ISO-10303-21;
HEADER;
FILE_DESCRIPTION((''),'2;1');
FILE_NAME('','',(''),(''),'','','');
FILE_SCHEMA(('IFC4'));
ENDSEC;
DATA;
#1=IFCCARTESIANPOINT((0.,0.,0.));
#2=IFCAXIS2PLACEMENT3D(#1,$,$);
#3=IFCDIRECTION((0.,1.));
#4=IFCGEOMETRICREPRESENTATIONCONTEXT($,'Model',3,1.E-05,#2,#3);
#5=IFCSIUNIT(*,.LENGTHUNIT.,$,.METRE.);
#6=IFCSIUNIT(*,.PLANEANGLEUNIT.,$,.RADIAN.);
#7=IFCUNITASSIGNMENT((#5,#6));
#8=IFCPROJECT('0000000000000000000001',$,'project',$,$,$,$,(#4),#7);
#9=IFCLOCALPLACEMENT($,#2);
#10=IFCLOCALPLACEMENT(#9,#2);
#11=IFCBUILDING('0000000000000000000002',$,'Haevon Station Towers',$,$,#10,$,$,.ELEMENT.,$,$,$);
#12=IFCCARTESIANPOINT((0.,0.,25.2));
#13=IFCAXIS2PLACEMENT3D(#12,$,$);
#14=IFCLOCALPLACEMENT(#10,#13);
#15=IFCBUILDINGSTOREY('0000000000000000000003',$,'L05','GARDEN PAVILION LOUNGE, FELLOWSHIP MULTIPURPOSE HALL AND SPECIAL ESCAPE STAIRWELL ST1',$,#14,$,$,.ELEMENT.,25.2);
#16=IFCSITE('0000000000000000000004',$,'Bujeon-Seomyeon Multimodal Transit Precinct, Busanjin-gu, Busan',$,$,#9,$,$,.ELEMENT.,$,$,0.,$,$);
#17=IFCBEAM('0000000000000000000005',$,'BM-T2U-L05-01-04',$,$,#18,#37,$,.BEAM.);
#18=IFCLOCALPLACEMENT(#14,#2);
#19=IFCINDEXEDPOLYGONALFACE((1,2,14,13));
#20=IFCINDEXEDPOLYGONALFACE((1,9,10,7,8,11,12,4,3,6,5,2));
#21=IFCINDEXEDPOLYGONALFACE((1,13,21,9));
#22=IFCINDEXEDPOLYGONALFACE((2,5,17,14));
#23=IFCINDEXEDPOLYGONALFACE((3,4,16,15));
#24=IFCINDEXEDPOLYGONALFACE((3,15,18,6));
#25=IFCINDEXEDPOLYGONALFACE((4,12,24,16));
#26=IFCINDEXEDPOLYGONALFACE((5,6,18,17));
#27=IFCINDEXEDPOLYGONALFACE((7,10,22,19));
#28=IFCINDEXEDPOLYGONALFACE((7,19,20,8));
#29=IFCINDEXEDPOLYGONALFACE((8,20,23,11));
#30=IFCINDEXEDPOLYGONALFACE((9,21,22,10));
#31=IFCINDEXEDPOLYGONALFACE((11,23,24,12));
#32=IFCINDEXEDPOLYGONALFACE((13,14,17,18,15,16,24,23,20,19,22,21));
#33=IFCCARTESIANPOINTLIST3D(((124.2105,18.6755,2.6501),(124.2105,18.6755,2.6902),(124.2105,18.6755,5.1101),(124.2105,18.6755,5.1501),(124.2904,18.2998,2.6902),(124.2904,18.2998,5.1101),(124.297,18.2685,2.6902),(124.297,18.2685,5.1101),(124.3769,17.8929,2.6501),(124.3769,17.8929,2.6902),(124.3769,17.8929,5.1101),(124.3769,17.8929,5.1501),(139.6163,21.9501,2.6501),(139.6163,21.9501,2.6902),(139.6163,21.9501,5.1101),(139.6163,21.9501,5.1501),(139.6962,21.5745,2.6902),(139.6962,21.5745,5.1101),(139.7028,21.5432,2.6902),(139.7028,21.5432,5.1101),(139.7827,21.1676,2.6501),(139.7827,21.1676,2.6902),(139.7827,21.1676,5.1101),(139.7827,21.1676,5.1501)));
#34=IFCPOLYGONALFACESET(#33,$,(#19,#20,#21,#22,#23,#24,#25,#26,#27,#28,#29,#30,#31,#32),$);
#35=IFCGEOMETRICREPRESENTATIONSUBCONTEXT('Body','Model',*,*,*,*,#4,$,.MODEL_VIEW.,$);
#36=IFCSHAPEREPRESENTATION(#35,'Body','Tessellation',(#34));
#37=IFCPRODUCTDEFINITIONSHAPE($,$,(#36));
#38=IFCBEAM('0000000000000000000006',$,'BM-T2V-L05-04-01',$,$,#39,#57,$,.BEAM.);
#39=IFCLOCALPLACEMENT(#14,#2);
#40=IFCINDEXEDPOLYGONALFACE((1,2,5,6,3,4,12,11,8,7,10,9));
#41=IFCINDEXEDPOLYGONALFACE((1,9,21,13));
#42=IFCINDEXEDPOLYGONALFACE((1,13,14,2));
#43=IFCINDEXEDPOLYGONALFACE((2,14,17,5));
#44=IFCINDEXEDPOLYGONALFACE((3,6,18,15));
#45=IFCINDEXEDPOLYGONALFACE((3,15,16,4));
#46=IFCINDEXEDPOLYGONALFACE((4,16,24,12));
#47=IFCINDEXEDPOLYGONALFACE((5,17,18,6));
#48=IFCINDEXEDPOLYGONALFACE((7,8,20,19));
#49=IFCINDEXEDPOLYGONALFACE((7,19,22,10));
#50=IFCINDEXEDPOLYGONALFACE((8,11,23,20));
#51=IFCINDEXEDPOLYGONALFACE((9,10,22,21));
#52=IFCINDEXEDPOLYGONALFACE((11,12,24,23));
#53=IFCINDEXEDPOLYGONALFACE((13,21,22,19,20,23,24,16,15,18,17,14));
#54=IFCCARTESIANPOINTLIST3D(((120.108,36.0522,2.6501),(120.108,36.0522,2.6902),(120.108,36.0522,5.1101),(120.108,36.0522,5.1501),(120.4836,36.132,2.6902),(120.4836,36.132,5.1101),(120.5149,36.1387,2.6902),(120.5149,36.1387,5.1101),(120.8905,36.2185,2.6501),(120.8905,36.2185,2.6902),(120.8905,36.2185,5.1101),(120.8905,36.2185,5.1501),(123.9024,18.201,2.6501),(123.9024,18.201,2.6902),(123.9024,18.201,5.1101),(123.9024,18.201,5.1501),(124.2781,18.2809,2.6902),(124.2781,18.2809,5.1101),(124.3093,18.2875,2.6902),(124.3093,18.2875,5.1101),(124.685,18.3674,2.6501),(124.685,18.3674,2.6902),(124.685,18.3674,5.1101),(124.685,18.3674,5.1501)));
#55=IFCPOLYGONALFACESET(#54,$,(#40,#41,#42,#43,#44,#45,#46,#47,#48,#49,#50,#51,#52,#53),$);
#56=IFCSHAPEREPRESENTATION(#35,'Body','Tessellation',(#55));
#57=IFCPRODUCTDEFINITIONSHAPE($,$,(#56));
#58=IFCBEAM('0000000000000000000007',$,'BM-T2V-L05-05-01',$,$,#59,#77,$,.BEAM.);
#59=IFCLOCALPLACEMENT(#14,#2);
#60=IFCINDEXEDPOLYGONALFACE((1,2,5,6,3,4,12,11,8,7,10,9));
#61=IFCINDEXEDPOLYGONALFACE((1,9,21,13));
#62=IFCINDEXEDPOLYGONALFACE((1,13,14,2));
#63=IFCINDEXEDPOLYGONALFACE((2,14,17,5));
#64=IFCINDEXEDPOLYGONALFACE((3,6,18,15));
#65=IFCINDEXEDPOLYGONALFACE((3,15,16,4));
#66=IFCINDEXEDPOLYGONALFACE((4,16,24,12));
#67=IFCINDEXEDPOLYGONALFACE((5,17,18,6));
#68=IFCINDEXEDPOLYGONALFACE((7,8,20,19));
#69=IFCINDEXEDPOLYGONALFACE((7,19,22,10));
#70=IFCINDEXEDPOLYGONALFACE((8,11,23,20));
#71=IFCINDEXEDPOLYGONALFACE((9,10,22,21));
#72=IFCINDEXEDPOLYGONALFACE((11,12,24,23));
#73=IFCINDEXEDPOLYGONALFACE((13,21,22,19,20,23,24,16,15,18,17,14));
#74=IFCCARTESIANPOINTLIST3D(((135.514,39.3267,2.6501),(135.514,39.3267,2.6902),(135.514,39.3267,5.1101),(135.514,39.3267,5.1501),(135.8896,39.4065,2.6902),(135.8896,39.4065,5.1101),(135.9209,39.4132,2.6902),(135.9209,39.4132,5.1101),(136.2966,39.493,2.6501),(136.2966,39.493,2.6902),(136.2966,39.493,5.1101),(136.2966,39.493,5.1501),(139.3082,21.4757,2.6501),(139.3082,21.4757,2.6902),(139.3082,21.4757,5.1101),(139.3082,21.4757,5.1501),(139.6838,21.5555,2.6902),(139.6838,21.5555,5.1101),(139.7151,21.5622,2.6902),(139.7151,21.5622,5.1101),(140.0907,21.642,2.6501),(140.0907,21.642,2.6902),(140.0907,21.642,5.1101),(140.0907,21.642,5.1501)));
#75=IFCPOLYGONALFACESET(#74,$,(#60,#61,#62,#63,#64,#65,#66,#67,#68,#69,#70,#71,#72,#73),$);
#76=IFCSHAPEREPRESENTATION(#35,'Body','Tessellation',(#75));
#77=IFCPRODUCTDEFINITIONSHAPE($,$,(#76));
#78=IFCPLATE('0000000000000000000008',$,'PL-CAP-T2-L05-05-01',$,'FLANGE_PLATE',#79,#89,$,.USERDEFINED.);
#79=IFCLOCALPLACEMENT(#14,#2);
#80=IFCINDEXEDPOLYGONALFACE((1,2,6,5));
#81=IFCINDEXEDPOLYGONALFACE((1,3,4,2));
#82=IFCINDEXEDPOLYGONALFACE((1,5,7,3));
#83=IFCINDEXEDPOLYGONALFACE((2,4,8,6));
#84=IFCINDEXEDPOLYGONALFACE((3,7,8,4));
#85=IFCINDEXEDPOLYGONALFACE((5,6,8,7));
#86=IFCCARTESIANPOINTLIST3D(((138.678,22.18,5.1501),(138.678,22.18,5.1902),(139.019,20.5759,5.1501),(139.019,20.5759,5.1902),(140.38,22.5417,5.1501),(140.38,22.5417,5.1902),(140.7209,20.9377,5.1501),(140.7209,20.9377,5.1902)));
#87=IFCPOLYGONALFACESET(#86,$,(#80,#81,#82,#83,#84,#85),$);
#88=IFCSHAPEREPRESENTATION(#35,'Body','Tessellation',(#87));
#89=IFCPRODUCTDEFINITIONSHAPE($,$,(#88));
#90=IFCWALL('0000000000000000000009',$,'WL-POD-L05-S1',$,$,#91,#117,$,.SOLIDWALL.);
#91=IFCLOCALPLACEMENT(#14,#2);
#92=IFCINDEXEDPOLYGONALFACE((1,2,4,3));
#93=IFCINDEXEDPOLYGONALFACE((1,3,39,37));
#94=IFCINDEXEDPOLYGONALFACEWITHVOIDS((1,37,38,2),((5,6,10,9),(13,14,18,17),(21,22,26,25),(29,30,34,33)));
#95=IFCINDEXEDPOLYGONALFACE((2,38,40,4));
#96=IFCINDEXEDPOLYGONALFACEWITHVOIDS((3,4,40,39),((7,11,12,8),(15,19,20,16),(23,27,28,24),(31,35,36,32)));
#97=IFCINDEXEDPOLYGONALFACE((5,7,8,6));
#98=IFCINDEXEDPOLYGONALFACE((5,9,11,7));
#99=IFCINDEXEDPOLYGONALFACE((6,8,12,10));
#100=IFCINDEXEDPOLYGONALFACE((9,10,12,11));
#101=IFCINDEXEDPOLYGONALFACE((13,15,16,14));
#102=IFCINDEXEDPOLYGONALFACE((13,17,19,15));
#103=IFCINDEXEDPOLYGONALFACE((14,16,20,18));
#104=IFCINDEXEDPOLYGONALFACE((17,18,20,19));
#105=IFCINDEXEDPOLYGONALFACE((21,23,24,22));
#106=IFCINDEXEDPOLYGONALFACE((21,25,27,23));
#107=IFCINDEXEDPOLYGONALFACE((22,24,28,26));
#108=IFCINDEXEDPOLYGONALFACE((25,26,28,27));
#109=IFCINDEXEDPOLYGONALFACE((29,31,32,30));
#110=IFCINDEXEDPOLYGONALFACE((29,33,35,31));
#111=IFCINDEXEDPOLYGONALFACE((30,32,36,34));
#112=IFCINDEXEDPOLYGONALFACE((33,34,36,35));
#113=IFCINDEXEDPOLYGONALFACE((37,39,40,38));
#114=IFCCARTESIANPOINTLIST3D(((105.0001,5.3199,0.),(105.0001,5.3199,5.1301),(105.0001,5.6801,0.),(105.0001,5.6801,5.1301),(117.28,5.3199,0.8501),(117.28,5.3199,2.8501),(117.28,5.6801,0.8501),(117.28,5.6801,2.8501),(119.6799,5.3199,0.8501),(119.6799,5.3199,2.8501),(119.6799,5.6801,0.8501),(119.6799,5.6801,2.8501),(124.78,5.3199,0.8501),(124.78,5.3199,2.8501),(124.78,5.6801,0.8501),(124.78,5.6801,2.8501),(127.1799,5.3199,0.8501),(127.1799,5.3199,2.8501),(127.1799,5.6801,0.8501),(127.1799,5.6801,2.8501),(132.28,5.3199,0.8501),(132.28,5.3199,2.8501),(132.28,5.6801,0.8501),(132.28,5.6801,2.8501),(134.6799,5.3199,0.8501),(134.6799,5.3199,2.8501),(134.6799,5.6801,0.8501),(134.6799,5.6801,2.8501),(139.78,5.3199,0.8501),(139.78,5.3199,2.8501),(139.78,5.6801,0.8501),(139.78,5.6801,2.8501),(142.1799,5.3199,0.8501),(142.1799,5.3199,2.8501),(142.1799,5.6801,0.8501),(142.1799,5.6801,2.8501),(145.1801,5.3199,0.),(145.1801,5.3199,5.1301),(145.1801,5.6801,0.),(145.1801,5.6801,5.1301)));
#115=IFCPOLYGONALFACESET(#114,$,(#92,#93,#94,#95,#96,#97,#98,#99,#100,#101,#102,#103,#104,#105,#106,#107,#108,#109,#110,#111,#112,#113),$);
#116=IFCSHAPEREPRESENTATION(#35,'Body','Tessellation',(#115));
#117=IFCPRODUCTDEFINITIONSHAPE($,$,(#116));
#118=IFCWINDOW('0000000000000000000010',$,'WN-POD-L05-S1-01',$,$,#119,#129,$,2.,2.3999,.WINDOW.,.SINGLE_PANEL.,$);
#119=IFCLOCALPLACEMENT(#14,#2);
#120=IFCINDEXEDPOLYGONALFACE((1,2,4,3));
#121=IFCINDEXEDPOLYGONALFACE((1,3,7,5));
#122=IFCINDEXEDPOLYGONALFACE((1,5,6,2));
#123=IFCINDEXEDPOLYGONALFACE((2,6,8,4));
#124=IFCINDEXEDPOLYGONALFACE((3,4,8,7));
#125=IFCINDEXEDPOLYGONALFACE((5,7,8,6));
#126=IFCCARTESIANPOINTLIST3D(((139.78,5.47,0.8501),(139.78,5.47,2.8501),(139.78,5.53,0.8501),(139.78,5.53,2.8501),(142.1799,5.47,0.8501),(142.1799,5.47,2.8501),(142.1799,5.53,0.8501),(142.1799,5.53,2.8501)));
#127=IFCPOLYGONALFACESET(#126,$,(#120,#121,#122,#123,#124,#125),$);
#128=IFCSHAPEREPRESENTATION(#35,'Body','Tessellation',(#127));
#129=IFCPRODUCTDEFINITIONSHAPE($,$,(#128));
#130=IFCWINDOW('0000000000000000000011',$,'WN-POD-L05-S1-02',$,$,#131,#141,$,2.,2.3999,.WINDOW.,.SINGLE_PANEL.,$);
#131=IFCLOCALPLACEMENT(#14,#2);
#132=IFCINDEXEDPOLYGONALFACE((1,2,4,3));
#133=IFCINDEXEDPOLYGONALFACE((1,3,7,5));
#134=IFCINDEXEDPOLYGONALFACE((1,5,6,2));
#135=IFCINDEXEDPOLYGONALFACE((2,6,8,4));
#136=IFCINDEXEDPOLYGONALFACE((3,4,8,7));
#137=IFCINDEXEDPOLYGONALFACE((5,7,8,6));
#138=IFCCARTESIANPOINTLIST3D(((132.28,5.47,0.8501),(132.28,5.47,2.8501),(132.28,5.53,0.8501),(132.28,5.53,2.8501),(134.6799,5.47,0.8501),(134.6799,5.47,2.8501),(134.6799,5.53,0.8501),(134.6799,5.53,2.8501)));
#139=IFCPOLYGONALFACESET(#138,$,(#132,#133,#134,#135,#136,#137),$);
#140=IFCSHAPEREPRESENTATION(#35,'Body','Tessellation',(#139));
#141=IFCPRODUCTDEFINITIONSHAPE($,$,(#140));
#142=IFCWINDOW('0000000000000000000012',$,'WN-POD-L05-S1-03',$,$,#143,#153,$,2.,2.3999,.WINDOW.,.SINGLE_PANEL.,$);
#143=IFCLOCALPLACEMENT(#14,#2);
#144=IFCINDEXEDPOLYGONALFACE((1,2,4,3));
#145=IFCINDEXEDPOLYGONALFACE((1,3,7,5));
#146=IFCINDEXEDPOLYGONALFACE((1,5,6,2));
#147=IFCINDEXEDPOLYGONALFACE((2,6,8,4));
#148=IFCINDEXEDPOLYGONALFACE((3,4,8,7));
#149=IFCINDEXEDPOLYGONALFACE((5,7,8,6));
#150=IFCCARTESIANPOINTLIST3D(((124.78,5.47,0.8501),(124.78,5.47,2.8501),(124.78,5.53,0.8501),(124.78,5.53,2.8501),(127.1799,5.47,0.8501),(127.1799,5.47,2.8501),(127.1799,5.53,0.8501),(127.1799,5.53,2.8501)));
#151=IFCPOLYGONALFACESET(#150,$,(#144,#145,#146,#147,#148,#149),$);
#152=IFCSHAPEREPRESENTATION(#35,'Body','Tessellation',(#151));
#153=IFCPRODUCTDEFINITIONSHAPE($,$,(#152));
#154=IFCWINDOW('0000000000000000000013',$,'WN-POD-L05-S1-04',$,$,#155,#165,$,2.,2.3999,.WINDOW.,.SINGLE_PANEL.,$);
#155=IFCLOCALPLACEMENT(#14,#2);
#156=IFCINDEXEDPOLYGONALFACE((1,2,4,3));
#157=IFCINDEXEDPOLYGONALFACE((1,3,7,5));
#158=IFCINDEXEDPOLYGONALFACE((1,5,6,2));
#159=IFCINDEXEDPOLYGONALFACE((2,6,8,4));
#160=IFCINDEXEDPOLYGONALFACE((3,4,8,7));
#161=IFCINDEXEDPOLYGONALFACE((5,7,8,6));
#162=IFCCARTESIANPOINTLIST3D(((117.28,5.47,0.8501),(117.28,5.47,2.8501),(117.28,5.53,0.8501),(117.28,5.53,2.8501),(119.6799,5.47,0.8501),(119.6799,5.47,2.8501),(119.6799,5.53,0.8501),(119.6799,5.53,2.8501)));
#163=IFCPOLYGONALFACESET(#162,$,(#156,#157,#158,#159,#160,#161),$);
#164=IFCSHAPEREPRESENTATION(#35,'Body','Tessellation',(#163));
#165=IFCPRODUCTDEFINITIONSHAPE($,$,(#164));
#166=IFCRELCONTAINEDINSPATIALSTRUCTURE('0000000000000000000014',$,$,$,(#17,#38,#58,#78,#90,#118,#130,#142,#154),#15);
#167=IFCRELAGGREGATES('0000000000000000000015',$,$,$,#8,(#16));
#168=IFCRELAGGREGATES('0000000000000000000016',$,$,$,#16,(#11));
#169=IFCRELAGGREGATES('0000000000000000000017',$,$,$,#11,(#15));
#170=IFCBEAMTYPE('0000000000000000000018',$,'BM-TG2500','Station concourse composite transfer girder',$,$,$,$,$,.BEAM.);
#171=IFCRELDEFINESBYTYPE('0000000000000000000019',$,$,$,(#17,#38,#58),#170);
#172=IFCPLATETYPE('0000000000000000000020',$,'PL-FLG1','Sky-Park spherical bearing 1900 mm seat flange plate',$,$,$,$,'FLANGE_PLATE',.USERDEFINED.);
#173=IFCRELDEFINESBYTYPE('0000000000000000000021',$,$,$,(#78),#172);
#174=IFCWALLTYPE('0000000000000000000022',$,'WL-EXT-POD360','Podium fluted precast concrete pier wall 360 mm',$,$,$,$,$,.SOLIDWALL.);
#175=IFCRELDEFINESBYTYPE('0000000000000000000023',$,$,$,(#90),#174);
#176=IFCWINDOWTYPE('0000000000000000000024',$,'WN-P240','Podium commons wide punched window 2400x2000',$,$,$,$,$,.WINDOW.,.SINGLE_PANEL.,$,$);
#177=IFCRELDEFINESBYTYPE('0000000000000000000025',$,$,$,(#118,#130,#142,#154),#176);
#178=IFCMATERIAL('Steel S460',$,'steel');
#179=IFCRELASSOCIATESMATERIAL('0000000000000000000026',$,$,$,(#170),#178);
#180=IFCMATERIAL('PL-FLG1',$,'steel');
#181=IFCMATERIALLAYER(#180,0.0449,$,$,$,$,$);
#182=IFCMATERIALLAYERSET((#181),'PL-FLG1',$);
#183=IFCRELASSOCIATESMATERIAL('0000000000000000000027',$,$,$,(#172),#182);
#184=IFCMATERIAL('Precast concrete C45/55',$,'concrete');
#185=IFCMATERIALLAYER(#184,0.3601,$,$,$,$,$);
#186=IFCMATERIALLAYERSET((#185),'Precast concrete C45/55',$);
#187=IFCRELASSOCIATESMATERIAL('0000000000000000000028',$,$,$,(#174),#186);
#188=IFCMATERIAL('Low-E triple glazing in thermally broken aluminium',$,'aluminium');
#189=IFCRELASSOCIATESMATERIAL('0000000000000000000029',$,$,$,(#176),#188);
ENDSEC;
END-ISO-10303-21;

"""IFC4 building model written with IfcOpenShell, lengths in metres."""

from ifc_helpers import new_model, si_unit, direction, frame, frame_2d, origin, origin_2d, place, context, subcontext, project, spatial, rectangle, i_section, extrude, material, layer, layer_set, material_profile, profile_set, type_object, element, fill, save


model = new_model("IFC4")

# Units and contexts
model_context = context("Model", 3, precision=1e-05, world=origin(), true_north=direction((0.0, 1.0)))
body_context = subcontext(model_context, "Body", "Model", "MODEL_VIEW")
ifc_project = project(units=[si_unit("LENGTHUNIT", "METRE"), si_unit("PLANEANGLEUNIT", "RADIAN")], contexts=[model_context])

# Site, building, storey
site_placement = place(None, origin())
site = spatial("IfcSite", under=ifc_project, at=site_placement, Name="Bujeon-Seomyeon Multimodal Transit Precinct, Busanjin-gu, Busan", CompositionType="ELEMENT", RefElevation=0.0)
building_placement = place(site_placement, origin())
building = spatial("IfcBuilding", under=site, at=building_placement, Name="Haevon Station Towers", CompositionType="ELEMENT")
storey_placement = place(building_placement, frame((0.0, 0.0, 25.2)))
storey = spatial("IfcBuildingStorey", under=building, at=storey_placement, Name="L05", Description="GARDEN PAVILION LOUNGE, FELLOWSHIP MULTIPURPOSE HALL AND SPECIAL ESCAPE STAIRWELL ST1", CompositionType="ELEMENT", Elevation=25.2)

# Shared definitions
ifc_material_1 = material(Name="Steel S460", Category="steel")

# Beams
ifc_material_profile_1 = material_profile(ifc_material_1, i_section(OverallWidth=0.8, OverallDepth=2.5, WebThickness=0.032, FlangeThickness=0.04, at=origin_2d()), Name="H-2500x800x32x40")
ifc_profile_set_1 = profile_set([ifc_material_profile_1], Name="Steel S460")
beam_type_1 = type_object("IfcBeamType", Name="BM-TG2500", Description="Station concourse composite transfer girder", PredefinedType="BEAM", material=ifc_profile_set_1)
beam_1_placement = place(storey_placement, frame((124.2937, 18.2842, 3.9001), z_axis=(0.978147, 0.207915, 0.0), x_axis=(-0.207915, 0.978147, 0.0)))
element("IfcBeam", 1, at=beam_1_placement, inside=storey, type_object=beam_type_1, Name="BM-T2U-L05-01-04", PredefinedType="BEAM", context=body_context, shape_type="SweptSolid", body=[
    extrude(i_section(OverallWidth=0.8, OverallDepth=2.5, WebThickness=0.032, FlangeThickness=0.04, at=origin_2d()), origin(), (0.0, 0.0, 1.0), 15.75),
])
beam_2_placement = place(storey_placement, frame((124.2937, 18.2842, 3.9001), z_axis=(-0.207915, 0.978147, 0.0), x_axis=(-0.978147, -0.207915, 0.0)))
element("IfcBeam", 2, at=beam_2_placement, inside=storey, type_object=beam_type_1, Name="BM-T2V-L05-04-01", PredefinedType="BEAM", context=body_context, shape_type="SweptSolid", body=[
    extrude(i_section(OverallWidth=0.8, OverallDepth=2.5, WebThickness=0.032, FlangeThickness=0.04, at=origin_2d()), origin(), (0.0, 0.0, 1.0), 18.25),
])
beam_3_placement = place(storey_placement, frame((139.6995, 21.5588, 3.9001), z_axis=(-0.207903, 0.97815, 0.0), x_axis=(-0.97815, -0.207903, 0.0)))
element("IfcBeam", 3, at=beam_3_placement, inside=storey, type_object=beam_type_1, Name="BM-T2V-L05-05-01", PredefinedType="BEAM", context=body_context, shape_type="SweptSolid", body=[
    extrude(i_section(OverallWidth=0.8, OverallDepth=2.5, WebThickness=0.032, FlangeThickness=0.04, at=origin_2d()), origin(), (0.0, 0.0, 1.0), 18.2498),
])

# Plate
ifc_material_2 = material(Name="PL-FLG1", Category="steel")
ifc_layer_1 = layer(ifc_material_2, 0.0449)
ifc_layer_set_1 = layer_set([ifc_layer_1], Name="PL-FLG1")
plate_type = type_object("IfcPlateType", Name="PL-FLG1", Description="Sky-Park spherical bearing 1900 mm seat flange plate", ElementType="FLANGE_PLATE", PredefinedType="USERDEFINED", material=ifc_layer_set_1)
plate_placement = place(storey_placement, frame((139.6995, 21.5588, 5.1501), z_axis=(0.0, 0.0, 1.0), x_axis=(0.978148, 0.207912, 0.0)))
element("IfcPlate", 4, at=plate_placement, inside=storey, type_object=plate_type, Name="PL-CAP-T2-L05-05-01", ObjectType="FLANGE_PLATE", PredefinedType="USERDEFINED", context=body_context, shape_type="SweptSolid", body=[
    extrude(rectangle(XDim=1.74, YDim=1.6399, at=origin_2d()), origin(), (0.0, 0.0, 1.0), 0.04),
])

# Wall, openings, windows
ifc_material_3 = material(Name="Precast concrete C45/55", Category="concrete")
ifc_layer_2 = layer(ifc_material_3, 0.3601)
ifc_layer_set_2 = layer_set([ifc_layer_2], Name="Precast concrete C45/55")
wall_type = type_object("IfcWallType", Name="WL-EXT-POD360", Description="Podium fluted precast concrete pier wall 360 mm", PredefinedType="SOLIDWALL", material=ifc_layer_set_2)
wall_placement = place(storey_placement, frame((145.1799, 5.5, 0.0), z_axis=(0.0, 0.0, 1.0), x_axis=(-1.0, 0.0, 0.0)))
wall = element("IfcWall", 5, at=wall_placement, inside=storey, type_object=wall_type, Name="WL-POD-L05-S1", PredefinedType="SOLIDWALL", context=body_context, shape_type="SweptSolid", body=[
    extrude(rectangle(XDim=40.1799, YDim=0.3601, at=frame_2d((20.0898, 0.0))), origin(), (0.0, 0.0, 1.0), 5.1301),
])
opening_1_placement = place(wall_placement, frame((3.0, 0.0, 0.8501)))
opening_1 = element("IfcOpeningElement", 6, at=opening_1_placement, cuts=wall, PredefinedType="OPENING", context=body_context, shape_type="SweptSolid", body=[
    extrude(rectangle(XDim=2.3999, YDim=2.0, at=frame_2d((1.2, 1.0))), frame((0.0, 0.1899, 0.0), z_axis=(0.0, -1.0, 0.0), x_axis=(1.0, 0.0, 0.0)), (0.0, 0.0, 1.0), 0.3801),
])
opening_2_placement = place(wall_placement, frame((10.5, 0.0, 0.8501)))
opening_2 = element("IfcOpeningElement", 7, at=opening_2_placement, cuts=wall, PredefinedType="OPENING", context=body_context, shape_type="SweptSolid", body=[
    extrude(rectangle(XDim=2.3999, YDim=2.0, at=frame_2d((1.2, 1.0))), frame((0.0, 0.1899, 0.0), z_axis=(0.0, -1.0, 0.0), x_axis=(1.0, 0.0, 0.0)), (0.0, 0.0, 1.0), 0.3801),
])
opening_3_placement = place(wall_placement, frame((18.0, 0.0, 0.8501)))
opening_3 = element("IfcOpeningElement", 8, at=opening_3_placement, cuts=wall, PredefinedType="OPENING", context=body_context, shape_type="SweptSolid", body=[
    extrude(rectangle(XDim=2.3999, YDim=2.0, at=frame_2d((1.2, 1.0))), frame((0.0, 0.1899, 0.0), z_axis=(0.0, -1.0, 0.0), x_axis=(1.0, 0.0, 0.0)), (0.0, 0.0, 1.0), 0.3801),
])
opening_4_placement = place(wall_placement, frame((25.5, 0.0, 0.8501)))
opening_4 = element("IfcOpeningElement", 9, at=opening_4_placement, cuts=wall, PredefinedType="OPENING", context=body_context, shape_type="SweptSolid", body=[
    extrude(rectangle(XDim=2.3999, YDim=2.0, at=frame_2d((1.2, 1.0))), frame((0.0, 0.1899, 0.0), z_axis=(0.0, -1.0, 0.0), x_axis=(1.0, 0.0, 0.0)), (0.0, 0.0, 1.0), 0.3801),
])
ifc_material_4 = material(Name="Low-E triple glazing in thermally broken aluminium", Category="aluminium")
window_type = type_object("IfcWindowType", Name="WN-P240", Description="Podium commons wide punched window 2400x2000", PartitioningType="SINGLE_PANEL", PredefinedType="WINDOW", material=ifc_material_4)
window_1_placement = place(opening_1_placement, origin())
window_1 = element("IfcWindow", 10, at=window_1_placement, inside=storey, type_object=window_type, Name="WN-POD-L05-S1-01", OverallHeight=2.0, OverallWidth=2.3999, PartitioningType="SINGLE_PANEL", PredefinedType="WINDOW", context=body_context, shape_type="SweptSolid", body=[
    extrude(rectangle(XDim=2.3999, YDim=2.0, at=frame_2d((1.2, 1.0))), frame((0.0, 0.03, 0.0), z_axis=(0.0, -1.0, 0.0), x_axis=(1.0, 0.0, 0.0)), (0.0, 0.0, 1.0), 0.0601),
])
fill(opening_1, window_1)
window_2_placement = place(opening_2_placement, origin())
window_2 = element("IfcWindow", 11, at=window_2_placement, inside=storey, type_object=window_type, Name="WN-POD-L05-S1-02", OverallHeight=2.0, OverallWidth=2.3999, PartitioningType="SINGLE_PANEL", PredefinedType="WINDOW", context=body_context, shape_type="SweptSolid", body=[
    extrude(rectangle(XDim=2.3999, YDim=2.0, at=frame_2d((1.2, 1.0))), frame((0.0, 0.03, 0.0), z_axis=(0.0, -1.0, 0.0), x_axis=(1.0, 0.0, 0.0)), (0.0, 0.0, 1.0), 0.0601),
])
fill(opening_2, window_2)
window_3_placement = place(opening_3_placement, origin())
window_3 = element("IfcWindow", 12, at=window_3_placement, inside=storey, type_object=window_type, Name="WN-POD-L05-S1-03", OverallHeight=2.0, OverallWidth=2.3999, PartitioningType="SINGLE_PANEL", PredefinedType="WINDOW", context=body_context, shape_type="SweptSolid", body=[
    extrude(rectangle(XDim=2.3999, YDim=2.0, at=frame_2d((1.2, 1.0))), frame((0.0, 0.03, 0.0), z_axis=(0.0, -1.0, 0.0), x_axis=(1.0, 0.0, 0.0)), (0.0, 0.0, 1.0), 0.0601),
])
fill(opening_3, window_3)
window_4_placement = place(opening_4_placement, origin())
window_4 = element("IfcWindow", 13, at=window_4_placement, inside=storey, type_object=window_type, Name="WN-POD-L05-S1-04", OverallHeight=2.0, OverallWidth=2.3999, PartitioningType="SINGLE_PANEL", PredefinedType="WINDOW", context=body_context, shape_type="SweptSolid", body=[
    extrude(rectangle(XDim=2.3999, YDim=2.0, at=frame_2d((1.2, 1.0))), frame((0.0, 0.03, 0.0), z_axis=(0.0, -1.0, 0.0), x_axis=(1.0, 0.0, 0.0)), (0.0, 0.0, 1.0), 0.0601),
])
fill(opening_4, window_4)

save(model, "model.ifc")
